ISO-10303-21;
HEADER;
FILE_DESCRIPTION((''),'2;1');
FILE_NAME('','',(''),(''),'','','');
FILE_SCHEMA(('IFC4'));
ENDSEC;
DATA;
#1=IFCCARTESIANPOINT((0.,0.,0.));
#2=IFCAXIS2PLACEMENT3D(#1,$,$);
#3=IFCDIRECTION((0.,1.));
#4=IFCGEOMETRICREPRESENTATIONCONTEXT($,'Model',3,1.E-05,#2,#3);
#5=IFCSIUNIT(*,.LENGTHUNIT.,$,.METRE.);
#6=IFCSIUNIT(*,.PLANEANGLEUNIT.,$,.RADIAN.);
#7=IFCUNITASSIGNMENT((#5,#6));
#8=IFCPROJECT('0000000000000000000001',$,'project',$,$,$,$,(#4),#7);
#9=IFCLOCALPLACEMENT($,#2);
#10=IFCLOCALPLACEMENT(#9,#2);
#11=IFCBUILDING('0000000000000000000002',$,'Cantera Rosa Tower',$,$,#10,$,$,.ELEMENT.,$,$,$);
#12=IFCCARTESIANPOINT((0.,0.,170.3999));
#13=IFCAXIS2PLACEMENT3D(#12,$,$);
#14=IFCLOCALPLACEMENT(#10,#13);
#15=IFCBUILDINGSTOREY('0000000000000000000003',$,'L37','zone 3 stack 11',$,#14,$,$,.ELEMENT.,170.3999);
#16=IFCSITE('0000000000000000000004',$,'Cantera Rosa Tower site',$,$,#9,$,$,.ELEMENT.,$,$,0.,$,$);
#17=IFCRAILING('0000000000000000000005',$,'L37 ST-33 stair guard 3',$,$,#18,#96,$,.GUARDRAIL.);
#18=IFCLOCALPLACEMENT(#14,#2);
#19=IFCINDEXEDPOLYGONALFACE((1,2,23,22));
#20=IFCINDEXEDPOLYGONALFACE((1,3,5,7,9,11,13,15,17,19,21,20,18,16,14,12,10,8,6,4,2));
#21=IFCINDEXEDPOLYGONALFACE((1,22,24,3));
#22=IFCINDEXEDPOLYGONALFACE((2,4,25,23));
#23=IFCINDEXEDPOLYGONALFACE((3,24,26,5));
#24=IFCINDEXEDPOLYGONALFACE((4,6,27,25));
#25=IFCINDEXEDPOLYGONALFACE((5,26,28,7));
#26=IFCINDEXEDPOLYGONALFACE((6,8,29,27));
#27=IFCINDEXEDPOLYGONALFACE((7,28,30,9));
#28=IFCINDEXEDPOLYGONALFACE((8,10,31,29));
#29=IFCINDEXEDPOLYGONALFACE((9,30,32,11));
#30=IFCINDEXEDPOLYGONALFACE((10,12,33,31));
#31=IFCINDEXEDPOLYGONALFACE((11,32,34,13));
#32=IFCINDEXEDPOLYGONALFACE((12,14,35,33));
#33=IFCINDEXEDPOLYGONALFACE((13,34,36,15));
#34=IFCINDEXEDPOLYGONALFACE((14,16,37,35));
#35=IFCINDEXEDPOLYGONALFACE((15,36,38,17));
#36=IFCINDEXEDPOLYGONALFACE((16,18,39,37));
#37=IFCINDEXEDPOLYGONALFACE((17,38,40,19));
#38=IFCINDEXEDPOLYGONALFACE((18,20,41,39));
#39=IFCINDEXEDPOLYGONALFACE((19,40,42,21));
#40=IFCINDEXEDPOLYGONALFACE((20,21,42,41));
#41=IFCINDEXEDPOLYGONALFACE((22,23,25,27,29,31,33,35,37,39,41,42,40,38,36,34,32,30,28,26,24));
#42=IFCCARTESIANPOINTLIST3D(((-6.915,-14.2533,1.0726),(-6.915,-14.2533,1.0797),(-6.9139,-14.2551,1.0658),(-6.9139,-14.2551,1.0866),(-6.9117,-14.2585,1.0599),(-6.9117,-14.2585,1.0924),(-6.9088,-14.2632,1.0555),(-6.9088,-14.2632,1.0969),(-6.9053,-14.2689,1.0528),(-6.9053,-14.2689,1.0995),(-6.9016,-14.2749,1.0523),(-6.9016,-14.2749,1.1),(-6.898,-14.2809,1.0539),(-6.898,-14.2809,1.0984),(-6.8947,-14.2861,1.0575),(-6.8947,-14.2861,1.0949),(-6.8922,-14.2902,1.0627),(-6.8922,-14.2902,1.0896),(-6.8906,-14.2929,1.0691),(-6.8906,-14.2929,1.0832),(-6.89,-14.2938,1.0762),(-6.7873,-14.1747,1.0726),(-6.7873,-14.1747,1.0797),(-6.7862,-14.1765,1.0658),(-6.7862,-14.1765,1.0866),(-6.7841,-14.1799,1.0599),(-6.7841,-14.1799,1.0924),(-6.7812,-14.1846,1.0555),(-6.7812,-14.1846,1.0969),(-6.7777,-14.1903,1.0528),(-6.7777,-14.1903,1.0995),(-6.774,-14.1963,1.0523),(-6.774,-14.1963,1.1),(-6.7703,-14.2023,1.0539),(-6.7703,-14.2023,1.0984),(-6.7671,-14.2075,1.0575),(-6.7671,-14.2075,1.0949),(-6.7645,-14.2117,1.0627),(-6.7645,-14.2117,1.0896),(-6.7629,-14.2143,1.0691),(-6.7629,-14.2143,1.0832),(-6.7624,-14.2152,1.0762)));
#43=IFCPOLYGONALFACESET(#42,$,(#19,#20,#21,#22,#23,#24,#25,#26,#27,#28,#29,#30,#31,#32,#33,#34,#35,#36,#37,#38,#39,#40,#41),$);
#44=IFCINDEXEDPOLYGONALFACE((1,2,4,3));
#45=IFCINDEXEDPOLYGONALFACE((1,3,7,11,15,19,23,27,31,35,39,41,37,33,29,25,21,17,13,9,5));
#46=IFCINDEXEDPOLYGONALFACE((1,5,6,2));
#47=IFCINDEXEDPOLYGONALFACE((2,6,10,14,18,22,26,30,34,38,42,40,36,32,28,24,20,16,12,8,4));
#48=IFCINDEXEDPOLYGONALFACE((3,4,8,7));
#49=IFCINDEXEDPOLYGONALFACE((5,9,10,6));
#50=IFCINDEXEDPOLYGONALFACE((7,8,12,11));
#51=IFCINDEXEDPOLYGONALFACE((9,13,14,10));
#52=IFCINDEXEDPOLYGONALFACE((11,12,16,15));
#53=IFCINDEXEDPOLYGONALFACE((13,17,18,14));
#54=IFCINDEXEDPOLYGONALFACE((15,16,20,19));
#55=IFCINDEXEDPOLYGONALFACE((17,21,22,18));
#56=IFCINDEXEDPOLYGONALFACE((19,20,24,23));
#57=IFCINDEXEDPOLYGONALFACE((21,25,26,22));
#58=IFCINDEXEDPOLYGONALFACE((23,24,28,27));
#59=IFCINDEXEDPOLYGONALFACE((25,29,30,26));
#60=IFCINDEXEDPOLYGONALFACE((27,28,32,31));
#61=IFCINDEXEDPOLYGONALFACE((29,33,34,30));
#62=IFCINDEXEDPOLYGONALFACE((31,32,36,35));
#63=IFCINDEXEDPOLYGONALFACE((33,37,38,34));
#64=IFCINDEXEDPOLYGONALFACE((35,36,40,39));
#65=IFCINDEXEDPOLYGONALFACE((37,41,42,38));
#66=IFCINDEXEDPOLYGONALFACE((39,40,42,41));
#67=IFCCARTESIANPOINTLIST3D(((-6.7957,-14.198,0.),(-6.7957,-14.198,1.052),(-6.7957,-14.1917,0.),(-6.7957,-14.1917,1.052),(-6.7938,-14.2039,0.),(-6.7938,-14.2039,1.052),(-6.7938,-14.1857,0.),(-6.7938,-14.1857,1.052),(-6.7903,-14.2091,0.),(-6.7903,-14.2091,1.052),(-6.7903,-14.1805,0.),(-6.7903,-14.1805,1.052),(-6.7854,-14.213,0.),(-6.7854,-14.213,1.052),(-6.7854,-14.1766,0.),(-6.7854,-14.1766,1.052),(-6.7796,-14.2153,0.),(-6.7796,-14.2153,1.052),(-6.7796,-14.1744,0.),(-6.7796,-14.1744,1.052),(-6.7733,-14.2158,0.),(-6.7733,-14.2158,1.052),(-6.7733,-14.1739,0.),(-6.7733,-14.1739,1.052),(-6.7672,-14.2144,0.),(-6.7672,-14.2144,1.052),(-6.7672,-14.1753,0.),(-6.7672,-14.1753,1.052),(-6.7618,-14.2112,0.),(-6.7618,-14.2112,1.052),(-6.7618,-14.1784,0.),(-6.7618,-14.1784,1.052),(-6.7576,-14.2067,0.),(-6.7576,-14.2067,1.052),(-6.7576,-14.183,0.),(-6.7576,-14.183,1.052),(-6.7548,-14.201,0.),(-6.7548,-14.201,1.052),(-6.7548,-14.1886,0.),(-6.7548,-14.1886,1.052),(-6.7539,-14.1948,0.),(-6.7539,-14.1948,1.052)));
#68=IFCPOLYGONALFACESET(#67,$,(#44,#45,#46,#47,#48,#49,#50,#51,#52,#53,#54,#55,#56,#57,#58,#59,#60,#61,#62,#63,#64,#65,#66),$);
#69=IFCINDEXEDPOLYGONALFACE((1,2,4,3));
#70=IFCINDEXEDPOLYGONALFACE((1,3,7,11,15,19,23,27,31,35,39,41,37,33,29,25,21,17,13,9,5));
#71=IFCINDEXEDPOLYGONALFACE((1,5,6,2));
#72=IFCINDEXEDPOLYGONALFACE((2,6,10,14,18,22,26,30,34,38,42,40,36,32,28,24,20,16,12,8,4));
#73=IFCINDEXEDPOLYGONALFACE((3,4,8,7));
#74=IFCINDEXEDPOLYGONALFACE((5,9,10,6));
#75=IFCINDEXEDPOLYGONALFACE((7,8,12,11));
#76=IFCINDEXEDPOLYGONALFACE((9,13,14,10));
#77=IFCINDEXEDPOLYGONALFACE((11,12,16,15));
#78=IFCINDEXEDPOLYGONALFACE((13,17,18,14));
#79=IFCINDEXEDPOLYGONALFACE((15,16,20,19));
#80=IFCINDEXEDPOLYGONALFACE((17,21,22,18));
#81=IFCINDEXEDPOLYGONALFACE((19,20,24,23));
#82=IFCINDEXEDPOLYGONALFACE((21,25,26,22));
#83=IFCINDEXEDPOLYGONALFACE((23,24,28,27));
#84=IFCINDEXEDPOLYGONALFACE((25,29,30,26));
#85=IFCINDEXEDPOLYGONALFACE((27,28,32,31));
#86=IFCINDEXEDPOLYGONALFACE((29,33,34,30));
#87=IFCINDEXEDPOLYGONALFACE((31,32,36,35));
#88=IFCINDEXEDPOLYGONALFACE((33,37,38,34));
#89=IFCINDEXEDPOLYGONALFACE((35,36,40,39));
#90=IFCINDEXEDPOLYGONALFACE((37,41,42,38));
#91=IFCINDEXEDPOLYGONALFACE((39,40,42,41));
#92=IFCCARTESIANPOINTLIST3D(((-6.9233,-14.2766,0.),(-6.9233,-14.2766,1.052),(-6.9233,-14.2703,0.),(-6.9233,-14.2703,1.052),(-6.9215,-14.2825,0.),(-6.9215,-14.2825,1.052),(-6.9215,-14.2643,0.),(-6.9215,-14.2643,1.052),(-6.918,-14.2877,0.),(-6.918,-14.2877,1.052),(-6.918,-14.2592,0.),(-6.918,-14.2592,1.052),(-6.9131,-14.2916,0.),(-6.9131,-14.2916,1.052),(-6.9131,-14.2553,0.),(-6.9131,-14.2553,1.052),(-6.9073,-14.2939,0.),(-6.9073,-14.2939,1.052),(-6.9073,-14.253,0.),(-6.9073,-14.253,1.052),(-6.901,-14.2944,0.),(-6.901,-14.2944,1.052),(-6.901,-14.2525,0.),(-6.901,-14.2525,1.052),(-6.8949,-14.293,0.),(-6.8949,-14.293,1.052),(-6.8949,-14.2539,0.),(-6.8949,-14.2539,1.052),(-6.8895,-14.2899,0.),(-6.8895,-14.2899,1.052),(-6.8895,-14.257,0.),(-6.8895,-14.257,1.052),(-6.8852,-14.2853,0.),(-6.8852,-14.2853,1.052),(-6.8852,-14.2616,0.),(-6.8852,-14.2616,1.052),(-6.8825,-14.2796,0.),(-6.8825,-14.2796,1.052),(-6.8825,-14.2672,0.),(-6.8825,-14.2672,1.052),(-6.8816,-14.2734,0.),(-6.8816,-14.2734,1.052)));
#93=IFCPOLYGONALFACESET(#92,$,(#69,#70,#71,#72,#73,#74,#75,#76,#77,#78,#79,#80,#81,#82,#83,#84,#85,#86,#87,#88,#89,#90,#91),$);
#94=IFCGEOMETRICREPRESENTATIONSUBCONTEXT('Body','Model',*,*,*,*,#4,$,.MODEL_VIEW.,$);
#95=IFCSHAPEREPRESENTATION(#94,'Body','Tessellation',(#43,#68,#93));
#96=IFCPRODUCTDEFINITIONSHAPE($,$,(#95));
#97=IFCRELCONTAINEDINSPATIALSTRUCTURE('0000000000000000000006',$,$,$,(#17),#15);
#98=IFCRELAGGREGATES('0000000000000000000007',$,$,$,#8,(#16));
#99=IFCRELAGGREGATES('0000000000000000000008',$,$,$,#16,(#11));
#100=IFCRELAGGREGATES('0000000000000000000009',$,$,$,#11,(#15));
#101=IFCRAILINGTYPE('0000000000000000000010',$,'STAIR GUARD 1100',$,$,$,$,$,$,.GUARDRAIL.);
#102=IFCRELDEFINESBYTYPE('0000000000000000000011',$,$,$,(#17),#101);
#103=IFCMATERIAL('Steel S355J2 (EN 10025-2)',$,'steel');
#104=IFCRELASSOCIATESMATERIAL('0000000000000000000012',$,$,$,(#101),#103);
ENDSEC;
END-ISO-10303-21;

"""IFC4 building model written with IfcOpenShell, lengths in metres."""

from ifc_helpers import new_model, si_unit, direction, frame, origin, origin_2d, place, context, subcontext, project, spatial, circle, extrude, material, type_object, element, save


model = new_model("IFC4")

# Units and contexts
model_context = context("Model", 3, precision=1e-05, world=origin(), true_north=direction((0.0, 1.0)))
body_context = subcontext(model_context, "Body", "Model", "MODEL_VIEW")
ifc_project = project(units=[si_unit("LENGTHUNIT", "METRE"), si_unit("PLANEANGLEUNIT", "RADIAN")], contexts=[model_context])

# Site, building, storey
site_placement = place(None, origin())
site = spatial("IfcSite", under=ifc_project, at=site_placement, Name="Cantera Rosa Tower site", CompositionType="ELEMENT", RefElevation=0.0)
building_placement = place(site_placement, origin())
building = spatial("IfcBuilding", under=site, at=building_placement, Name="Cantera Rosa Tower", CompositionType="ELEMENT")
storey_placement = place(building_placement, frame((0.0, 0.0, 170.3999)))
storey = spatial("IfcBuildingStorey", under=building, at=storey_placement, Name="L37", Description="zone 3 stack 11", CompositionType="ELEMENT", Elevation=170.3999)

# Railing
ifc_material_1 = material(Name="Steel S355J2 (EN 10025-2)", Category="steel")
railing_type_1 = type_object("IfcRailingType", Name="STAIR GUARD 1100", PredefinedType="GUARDRAIL", material=ifc_material_1)
railing_1_placement = place(storey_placement, frame((-6.7749, -14.1948, 0.0)))
element("IfcRailing", 1, at=railing_1_placement, inside=storey, type_object=railing_type_1, Name="L37 ST-33 stair guard 3", PredefinedType="GUARDRAIL", context=body_context, shape_type="SweptSolid", body=[
    extrude(circle(Radius=0.0239, at=origin_2d()), frame((0.0, 0.0, 1.0762), z_axis=(-0.851546, -0.524279, 0.0), x_axis=(0.524279, -0.851546, 0.0)), (0.0, 0.0, 1.0), 0.1499),
    extrude(circle(Radius=0.021, at=origin_2d()), origin(), (0.0, 0.0, 1.0), 1.052),
    extrude(circle(Radius=0.021, at=origin_2d()), frame((-0.1277, -0.0786, 0.0)), (0.0, 0.0, 1.0), 1.052),
])

save(model, "model.ifc")
